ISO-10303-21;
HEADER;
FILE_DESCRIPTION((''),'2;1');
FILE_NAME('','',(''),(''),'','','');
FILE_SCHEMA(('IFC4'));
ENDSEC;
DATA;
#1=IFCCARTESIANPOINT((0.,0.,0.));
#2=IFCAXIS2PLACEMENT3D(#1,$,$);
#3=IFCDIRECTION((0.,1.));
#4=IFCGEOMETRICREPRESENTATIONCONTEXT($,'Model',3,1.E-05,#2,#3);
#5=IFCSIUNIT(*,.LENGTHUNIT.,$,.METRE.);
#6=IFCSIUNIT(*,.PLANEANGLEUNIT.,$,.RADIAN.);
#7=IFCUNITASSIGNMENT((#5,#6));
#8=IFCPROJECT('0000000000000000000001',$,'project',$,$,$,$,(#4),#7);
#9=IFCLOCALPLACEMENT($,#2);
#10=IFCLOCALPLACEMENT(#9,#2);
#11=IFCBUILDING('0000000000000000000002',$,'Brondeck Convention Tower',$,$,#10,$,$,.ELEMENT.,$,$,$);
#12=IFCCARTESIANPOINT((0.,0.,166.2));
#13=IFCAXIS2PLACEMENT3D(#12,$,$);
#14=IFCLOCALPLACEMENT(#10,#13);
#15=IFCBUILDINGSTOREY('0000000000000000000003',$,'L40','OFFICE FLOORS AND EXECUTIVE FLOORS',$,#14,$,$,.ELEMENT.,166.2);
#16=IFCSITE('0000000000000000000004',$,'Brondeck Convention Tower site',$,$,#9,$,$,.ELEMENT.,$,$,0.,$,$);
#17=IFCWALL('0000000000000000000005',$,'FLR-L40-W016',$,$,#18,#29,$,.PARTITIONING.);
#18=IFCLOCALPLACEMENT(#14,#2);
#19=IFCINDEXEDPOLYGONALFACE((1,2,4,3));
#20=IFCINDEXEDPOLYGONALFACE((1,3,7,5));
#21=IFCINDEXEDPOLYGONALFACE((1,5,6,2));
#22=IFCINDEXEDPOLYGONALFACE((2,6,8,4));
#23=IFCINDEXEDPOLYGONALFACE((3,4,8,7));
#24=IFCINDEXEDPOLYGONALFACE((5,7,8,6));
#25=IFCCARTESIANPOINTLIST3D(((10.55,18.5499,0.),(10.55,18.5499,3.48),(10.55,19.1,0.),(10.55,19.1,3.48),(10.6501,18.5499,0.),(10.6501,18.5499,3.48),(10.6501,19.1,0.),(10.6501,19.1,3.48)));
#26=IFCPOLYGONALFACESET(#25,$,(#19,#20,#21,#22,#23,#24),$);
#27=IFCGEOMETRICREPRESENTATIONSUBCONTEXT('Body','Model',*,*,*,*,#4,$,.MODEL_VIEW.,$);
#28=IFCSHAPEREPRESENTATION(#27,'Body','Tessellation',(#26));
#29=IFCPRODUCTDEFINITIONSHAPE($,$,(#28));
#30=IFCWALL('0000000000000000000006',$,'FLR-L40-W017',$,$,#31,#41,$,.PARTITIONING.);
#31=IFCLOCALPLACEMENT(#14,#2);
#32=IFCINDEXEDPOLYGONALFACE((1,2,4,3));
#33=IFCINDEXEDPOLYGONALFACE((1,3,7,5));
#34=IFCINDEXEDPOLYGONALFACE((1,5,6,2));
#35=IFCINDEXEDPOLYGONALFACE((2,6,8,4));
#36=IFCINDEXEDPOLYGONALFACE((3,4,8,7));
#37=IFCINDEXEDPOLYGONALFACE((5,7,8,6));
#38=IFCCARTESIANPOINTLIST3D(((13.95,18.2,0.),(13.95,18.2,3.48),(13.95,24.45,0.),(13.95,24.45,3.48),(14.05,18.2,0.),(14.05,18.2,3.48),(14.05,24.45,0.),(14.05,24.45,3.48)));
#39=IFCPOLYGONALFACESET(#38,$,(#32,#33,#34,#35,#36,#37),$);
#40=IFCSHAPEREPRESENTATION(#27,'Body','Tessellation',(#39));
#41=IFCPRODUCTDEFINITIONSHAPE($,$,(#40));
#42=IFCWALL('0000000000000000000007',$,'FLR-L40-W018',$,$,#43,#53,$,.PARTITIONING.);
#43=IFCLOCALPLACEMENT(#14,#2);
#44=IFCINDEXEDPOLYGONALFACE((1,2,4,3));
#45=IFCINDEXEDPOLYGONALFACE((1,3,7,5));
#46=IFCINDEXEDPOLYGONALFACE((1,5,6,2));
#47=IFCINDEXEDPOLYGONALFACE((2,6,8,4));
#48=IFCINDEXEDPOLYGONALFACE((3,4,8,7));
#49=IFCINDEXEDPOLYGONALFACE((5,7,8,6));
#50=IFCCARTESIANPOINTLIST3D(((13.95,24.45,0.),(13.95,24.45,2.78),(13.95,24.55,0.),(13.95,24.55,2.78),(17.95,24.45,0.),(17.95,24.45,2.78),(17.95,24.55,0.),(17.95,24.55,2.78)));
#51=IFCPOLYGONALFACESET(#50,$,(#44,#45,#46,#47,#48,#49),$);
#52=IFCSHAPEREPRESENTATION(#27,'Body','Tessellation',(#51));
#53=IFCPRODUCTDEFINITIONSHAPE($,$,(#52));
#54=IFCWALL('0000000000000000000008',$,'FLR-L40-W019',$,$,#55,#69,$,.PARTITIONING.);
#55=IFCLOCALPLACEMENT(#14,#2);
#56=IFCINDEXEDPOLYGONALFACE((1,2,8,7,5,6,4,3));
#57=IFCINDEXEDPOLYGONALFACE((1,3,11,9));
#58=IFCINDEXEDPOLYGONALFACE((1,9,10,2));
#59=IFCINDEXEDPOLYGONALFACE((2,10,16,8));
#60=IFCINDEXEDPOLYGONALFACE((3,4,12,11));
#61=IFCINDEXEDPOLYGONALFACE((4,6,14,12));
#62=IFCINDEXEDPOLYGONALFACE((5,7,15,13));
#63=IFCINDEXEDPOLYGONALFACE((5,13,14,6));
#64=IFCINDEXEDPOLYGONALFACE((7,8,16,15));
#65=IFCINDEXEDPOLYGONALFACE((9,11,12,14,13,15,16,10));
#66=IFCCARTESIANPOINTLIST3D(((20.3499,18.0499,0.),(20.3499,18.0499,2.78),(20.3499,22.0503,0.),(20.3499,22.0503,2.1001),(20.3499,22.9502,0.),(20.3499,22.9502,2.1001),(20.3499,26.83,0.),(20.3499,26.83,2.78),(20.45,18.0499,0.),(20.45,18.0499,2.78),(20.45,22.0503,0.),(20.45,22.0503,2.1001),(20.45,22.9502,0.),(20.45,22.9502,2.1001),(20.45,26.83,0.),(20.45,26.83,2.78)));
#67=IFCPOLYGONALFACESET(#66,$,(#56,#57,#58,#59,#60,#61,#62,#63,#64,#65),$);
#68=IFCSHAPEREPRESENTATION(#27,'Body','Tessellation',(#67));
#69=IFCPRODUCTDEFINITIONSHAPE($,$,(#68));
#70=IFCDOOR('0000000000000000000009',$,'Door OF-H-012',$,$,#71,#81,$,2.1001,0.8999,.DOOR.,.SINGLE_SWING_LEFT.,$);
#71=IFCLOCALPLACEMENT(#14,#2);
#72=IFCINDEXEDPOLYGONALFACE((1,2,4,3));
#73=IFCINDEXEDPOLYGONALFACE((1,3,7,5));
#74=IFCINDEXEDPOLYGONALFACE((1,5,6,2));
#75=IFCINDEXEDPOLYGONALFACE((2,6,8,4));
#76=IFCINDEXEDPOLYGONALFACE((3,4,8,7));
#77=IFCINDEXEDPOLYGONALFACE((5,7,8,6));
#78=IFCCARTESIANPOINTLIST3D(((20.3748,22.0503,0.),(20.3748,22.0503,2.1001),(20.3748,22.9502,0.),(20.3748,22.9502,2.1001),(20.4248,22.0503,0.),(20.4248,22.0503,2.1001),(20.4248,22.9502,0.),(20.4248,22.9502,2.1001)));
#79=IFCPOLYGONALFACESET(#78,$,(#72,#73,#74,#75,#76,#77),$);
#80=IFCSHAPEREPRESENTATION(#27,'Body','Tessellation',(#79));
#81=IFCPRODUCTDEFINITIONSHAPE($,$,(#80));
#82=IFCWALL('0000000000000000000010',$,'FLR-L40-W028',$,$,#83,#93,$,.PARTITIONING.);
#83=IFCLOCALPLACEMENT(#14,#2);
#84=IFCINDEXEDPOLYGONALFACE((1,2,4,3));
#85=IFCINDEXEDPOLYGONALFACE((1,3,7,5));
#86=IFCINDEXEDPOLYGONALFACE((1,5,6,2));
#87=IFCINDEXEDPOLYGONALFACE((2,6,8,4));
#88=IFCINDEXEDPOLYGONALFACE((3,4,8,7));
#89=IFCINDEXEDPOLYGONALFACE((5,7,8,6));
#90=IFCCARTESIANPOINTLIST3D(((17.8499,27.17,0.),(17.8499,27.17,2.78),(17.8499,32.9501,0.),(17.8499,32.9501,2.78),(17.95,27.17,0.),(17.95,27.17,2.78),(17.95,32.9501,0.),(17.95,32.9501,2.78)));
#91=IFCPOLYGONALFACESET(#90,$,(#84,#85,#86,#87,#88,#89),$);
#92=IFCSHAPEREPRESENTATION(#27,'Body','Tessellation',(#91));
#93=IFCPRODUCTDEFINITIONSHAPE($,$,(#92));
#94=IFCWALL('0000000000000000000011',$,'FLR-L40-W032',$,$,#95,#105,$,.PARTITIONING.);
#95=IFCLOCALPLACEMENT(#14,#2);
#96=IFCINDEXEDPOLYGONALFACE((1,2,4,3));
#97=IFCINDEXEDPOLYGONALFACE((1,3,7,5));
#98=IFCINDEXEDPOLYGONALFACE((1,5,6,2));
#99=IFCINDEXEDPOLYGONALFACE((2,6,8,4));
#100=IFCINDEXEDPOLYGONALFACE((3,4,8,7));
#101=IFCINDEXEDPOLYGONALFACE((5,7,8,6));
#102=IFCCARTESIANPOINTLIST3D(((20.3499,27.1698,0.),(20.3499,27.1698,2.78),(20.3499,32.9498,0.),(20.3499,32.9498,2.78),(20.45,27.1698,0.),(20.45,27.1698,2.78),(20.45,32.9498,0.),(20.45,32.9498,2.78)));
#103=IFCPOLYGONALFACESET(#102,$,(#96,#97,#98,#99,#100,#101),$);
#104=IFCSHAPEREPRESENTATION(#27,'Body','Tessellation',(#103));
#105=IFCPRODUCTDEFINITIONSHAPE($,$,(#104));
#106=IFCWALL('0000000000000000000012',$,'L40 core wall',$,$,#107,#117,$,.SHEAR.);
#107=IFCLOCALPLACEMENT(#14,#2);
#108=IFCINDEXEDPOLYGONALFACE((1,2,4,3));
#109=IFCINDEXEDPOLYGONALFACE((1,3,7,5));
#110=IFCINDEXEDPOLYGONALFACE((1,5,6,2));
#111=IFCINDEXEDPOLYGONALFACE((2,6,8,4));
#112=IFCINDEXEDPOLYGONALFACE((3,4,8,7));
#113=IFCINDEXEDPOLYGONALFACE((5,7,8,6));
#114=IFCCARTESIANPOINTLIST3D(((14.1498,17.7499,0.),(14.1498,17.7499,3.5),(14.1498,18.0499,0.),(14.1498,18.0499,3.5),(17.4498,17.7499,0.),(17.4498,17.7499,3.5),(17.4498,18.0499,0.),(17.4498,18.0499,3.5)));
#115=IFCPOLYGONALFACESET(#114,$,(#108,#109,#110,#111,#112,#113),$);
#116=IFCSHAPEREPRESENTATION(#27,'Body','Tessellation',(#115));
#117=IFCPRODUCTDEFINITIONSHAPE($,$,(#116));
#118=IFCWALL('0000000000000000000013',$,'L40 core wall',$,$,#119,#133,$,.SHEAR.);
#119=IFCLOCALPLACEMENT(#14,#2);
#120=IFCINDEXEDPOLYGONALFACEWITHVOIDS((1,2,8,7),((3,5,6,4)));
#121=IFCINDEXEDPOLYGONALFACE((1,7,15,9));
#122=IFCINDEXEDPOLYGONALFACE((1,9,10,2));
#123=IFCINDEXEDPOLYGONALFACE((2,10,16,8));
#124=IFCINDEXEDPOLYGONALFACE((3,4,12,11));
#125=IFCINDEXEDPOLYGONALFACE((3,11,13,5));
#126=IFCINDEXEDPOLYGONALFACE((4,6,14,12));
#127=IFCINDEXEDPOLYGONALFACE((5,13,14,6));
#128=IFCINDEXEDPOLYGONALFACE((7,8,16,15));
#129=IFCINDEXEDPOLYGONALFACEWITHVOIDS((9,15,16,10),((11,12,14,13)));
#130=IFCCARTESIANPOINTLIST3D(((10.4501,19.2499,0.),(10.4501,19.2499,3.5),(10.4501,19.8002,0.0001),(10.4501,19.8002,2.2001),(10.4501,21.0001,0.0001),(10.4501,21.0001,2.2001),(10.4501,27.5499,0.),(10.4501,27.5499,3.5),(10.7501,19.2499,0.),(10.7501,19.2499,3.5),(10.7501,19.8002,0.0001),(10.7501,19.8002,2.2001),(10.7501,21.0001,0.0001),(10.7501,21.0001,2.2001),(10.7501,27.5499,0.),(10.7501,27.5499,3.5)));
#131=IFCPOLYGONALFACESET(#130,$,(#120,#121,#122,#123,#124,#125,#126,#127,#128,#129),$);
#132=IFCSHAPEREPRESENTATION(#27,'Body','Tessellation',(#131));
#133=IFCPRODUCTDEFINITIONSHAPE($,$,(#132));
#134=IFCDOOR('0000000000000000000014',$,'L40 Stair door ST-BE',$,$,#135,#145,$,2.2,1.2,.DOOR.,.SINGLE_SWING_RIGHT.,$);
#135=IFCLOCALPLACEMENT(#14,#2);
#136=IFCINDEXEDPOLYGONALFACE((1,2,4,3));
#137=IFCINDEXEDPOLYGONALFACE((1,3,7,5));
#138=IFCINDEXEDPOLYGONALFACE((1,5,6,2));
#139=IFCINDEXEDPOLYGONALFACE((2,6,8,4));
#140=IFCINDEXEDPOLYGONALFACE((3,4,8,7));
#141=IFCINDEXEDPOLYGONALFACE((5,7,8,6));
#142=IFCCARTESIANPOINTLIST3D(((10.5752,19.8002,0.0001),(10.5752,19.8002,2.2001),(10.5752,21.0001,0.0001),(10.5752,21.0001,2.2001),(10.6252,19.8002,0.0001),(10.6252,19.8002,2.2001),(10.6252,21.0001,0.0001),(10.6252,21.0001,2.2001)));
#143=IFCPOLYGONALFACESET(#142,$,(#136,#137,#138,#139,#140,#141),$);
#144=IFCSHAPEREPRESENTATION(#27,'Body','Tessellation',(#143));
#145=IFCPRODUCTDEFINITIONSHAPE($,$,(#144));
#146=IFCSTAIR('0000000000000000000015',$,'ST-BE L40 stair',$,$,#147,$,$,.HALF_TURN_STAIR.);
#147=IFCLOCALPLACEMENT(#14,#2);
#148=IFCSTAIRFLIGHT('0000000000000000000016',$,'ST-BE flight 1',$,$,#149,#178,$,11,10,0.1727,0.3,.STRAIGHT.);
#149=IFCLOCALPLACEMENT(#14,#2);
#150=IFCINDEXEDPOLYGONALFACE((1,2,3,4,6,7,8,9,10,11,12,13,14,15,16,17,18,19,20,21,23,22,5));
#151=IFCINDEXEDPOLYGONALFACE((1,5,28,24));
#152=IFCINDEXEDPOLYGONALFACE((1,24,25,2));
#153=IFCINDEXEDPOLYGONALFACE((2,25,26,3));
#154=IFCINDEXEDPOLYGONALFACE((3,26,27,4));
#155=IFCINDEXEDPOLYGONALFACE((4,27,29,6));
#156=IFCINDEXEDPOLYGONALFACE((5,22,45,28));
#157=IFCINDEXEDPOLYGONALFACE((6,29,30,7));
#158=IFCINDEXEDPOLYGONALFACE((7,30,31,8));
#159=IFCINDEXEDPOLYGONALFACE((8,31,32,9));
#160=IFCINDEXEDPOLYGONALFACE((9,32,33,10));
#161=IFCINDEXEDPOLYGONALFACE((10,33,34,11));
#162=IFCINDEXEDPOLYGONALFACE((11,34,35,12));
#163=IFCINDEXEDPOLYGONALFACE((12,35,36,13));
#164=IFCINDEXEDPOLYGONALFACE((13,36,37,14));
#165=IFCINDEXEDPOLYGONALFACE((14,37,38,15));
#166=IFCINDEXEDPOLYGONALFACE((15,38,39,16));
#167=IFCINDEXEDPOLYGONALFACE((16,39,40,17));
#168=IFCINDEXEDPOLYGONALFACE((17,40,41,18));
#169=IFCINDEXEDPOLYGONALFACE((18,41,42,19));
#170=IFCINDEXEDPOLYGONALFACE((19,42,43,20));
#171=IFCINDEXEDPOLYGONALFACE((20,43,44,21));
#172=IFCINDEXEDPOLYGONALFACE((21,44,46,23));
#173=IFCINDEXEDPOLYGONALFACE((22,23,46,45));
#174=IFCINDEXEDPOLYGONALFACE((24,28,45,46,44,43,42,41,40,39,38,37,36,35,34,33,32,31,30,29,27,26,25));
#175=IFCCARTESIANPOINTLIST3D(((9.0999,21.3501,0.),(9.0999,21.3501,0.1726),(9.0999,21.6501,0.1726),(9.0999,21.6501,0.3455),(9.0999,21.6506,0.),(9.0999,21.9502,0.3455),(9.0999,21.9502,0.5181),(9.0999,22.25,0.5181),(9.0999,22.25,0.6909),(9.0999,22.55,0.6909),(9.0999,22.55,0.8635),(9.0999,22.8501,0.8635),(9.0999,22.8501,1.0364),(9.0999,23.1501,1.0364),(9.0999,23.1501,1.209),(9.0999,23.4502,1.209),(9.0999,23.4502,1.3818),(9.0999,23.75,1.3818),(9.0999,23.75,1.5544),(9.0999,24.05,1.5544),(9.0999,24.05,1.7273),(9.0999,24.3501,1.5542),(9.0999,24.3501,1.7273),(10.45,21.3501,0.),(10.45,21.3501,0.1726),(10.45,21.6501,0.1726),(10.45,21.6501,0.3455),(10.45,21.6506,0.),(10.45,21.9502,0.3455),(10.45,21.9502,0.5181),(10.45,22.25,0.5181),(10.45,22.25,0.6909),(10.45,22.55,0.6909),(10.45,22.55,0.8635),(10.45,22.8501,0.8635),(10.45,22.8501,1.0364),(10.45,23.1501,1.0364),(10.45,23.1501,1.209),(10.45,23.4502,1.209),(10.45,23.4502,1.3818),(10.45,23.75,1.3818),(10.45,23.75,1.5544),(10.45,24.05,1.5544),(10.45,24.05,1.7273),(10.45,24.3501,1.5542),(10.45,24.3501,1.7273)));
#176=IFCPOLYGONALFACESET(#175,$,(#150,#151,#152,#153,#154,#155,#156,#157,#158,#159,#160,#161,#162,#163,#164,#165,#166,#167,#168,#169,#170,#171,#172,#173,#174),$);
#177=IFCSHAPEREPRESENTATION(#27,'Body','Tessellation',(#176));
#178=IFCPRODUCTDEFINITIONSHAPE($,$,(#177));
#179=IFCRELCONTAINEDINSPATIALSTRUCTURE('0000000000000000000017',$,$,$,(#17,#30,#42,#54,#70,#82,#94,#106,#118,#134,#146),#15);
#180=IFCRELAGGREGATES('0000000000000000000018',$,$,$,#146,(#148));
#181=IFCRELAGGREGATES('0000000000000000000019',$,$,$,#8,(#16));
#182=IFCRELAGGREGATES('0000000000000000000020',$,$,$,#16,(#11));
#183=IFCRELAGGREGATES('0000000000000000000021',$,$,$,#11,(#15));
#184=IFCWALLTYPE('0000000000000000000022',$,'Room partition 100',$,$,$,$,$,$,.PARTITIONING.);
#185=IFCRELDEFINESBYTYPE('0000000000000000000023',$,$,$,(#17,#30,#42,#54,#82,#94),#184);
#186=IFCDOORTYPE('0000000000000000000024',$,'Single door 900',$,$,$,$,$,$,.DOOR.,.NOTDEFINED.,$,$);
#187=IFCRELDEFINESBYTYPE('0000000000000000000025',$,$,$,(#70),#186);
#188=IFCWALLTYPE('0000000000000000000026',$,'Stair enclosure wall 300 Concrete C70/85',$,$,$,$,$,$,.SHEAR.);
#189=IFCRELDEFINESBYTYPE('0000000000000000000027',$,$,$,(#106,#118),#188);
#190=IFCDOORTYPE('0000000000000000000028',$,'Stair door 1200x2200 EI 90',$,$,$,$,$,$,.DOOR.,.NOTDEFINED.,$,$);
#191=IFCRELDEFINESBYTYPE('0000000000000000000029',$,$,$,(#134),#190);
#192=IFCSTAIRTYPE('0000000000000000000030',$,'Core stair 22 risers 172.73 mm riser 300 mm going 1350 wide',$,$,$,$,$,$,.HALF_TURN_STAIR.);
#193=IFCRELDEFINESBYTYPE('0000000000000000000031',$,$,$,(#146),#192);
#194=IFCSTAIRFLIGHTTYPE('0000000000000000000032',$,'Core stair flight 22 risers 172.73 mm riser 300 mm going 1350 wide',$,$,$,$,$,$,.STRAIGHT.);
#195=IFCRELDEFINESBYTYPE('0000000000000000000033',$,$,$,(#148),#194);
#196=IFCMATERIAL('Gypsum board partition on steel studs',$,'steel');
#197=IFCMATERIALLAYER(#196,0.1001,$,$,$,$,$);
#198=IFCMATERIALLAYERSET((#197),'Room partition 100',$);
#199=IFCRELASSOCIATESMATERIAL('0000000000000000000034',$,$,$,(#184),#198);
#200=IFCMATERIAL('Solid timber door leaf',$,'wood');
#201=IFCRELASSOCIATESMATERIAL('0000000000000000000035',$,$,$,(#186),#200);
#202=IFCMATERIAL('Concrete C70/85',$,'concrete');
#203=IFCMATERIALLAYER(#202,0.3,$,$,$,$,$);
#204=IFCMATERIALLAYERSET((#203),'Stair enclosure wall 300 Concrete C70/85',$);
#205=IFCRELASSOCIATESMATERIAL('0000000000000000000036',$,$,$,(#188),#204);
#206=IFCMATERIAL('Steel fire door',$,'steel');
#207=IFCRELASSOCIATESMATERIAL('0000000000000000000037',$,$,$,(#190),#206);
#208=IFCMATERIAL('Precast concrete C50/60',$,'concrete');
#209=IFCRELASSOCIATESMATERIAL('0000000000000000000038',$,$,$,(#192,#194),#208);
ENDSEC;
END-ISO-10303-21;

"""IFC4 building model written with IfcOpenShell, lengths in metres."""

from ifc_helpers import new_model, si_unit, direction, frame, frame_2d, origin, place, context, subcontext, project, spatial, polyline, rectangle, outline, extrude, material, layer, layer_set, type_object, element, fill, aggregate, save


model = new_model("IFC4")

# Units and contexts
model_context = context("Model", 3, precision=1e-05, world=origin(), true_north=direction((0.0, 1.0)))
body_context = subcontext(model_context, "Body", "Model", "MODEL_VIEW")
ifc_project = project(units=[si_unit("LENGTHUNIT", "METRE"), si_unit("PLANEANGLEUNIT", "RADIAN")], contexts=[model_context])

# Site, building, storey
site_placement = place(None, origin())
site = spatial("IfcSite", under=ifc_project, at=site_placement, Name="Brondeck Convention Tower site", CompositionType="ELEMENT", RefElevation=0.0)
building_placement = place(site_placement, origin())
building = spatial("IfcBuilding", under=site, at=building_placement, Name="Brondeck Convention Tower", CompositionType="ELEMENT")
storey_placement = place(building_placement, frame((0.0, 0.0, 166.2)))
storey = spatial("IfcBuildingStorey", under=building, at=storey_placement, Name="L40", Description="OFFICE FLOORS AND EXECUTIVE FLOORS", CompositionType="ELEMENT", Elevation=166.2)

# Shared definitions
ifc_material_1 = material(Name="Concrete C70/85", Category="concrete")

# Shared definitions
ifc_material_2 = material(Name="Gypsum board partition on steel studs", Category="steel")
ifc_layer_1 = layer(ifc_material_2, 0.1001)
ifc_layer_set_1 = layer_set([ifc_layer_1], Name="Room partition 100")
wall_type_1 = type_object("IfcWallType", Name="Room partition 100", PredefinedType="PARTITIONING", material=ifc_layer_set_1)
ifc_material_3 = material(Name="Solid timber door leaf", Category="wood")
door_type_1 = type_object("IfcDoorType", Name="Single door 900", OperationType="NOTDEFINED", PredefinedType="DOOR", material=ifc_material_3)

# Walls
wall_1_placement = place(storey_placement, frame((10.6001, 18.55, 0.0), z_axis=(0.0, 0.0, 1.0), x_axis=(0.0, 1.0, 0.0)))
element("IfcWall", 1, at=wall_1_placement, inside=storey, type_object=wall_type_1, Name="FLR-L40-W016", PredefinedType="PARTITIONING", context=body_context, shape_type="SweptSolid", body=[
    extrude(rectangle(XDim=0.55, YDim=0.1001, at=frame_2d((0.2749, 0.0))), origin(), (0.0, 0.0, 1.0), 3.48),
])
wall_2_placement = place(storey_placement, frame((14.0, 24.45, 0.0), z_axis=(0.0, 0.0, 1.0), x_axis=(0.0, -1.0, 0.0)))
element("IfcWall", 2, at=wall_2_placement, inside=storey, type_object=wall_type_1, Name="FLR-L40-W017", PredefinedType="PARTITIONING", context=body_context, shape_type="SweptSolid", body=[
    extrude(rectangle(XDim=6.25, YDim=0.1001, at=frame_2d((3.125, 0.0))), origin(), (0.0, 0.0, 1.0), 3.48),
])
wall_3_placement = place(storey_placement, frame((17.95, 24.5, 0.0), z_axis=(0.0, 0.0, 1.0), x_axis=(-1.0, 0.0, 0.0)))
element("IfcWall", 3, at=wall_3_placement, inside=storey, type_object=wall_type_1, Name="FLR-L40-W018", PredefinedType="PARTITIONING", context=body_context, shape_type="SweptSolid", body=[
    extrude(rectangle(XDim=4.0, YDim=0.1001, at=frame_2d((2.0, 0.0))), origin(), (0.0, 0.0, 1.0), 2.78),
])

# Wall, opening, door
wall_4_placement = place(storey_placement, frame((20.3999, 26.8301, 0.0), z_axis=(0.0, 0.0, 1.0), x_axis=(0.0, -1.0, 0.0)))
wall_4 = element("IfcWall", 4, at=wall_4_placement, inside=storey, type_object=wall_type_1, Name="FLR-L40-W019", PredefinedType="PARTITIONING", context=body_context, shape_type="SweptSolid", body=[
    extrude(rectangle(XDim=8.78, YDim=0.1001, at=frame_2d((4.3901, 0.0))), origin(), (0.0, 0.0, 1.0), 2.78),
])
opening_1_placement = place(wall_4_placement, frame((3.8799, 0.0, 0.0)))
opening_1 = element("IfcOpeningElement", 5, at=opening_1_placement, cuts=wall_4, PredefinedType="OPENING", context=body_context, shape_type="SweptSolid", body=[
    extrude(rectangle(XDim=0.8999, YDim=2.1001, at=frame_2d((0.45, 1.05))), frame((0.0, 0.0601, 0.0), z_axis=(0.0, -1.0, 0.0), x_axis=(1.0, 0.0, 0.0)), (0.0, 0.0, 1.0), 0.1201),
])
door_1_placement = place(opening_1_placement, origin())
door_1 = element("IfcDoor", 6, at=door_1_placement, inside=storey, type_object=door_type_1, Name="Door OF-H-012", OperationType="SINGLE_SWING_LEFT", OverallHeight=2.1001, OverallWidth=0.8999, PredefinedType="DOOR", context=body_context, shape_type="SweptSolid", body=[
    extrude(rectangle(XDim=0.8999, YDim=2.1001, at=frame_2d((0.45, 1.05))), frame((0.0, 0.0249, 0.0), z_axis=(0.0, -1.0, 0.0), x_axis=(1.0, 0.0, 0.0)), (0.0, 0.0, 1.0), 0.05),
])
fill(opening_1, door_1)

# Walls
for number, where, z_axis, x_axis, name in (
    (7, (17.8999, 27.1699, 0.0), (0.0, 0.0, 1.0), (0.0, 1.0, 0.0), "FLR-L40-W028"),
    (8, (20.3999, 32.95, 0.0), (0.0, 0.0, 1.0), (0.0, -1.0, 0.0), "FLR-L40-W032"),
):
    element("IfcWall", number, at=place(storey_placement, frame(where, z_axis=z_axis, x_axis=x_axis)), inside=storey, type_object=wall_type_1, Name=name, PredefinedType="PARTITIONING", context=body_context, shape_type="SweptSolid", body=[
        extrude(rectangle(XDim=5.78, YDim=0.1001, at=frame_2d((2.8901, 0.0))), origin(), (0.0, 0.0, 1.0), 2.78),
    ])
ifc_layer_2 = layer(ifc_material_1, 0.3)
ifc_layer_set_2 = layer_set([ifc_layer_2], Name="Stair enclosure wall 300 Concrete C70/85")
wall_type_2 = type_object("IfcWallType", Name="Stair enclosure wall 300 Concrete C70/85", PredefinedType="SHEAR", material=ifc_layer_set_2)
wall_5_placement = place(storey_placement, frame((14.1499, 17.8999, 0.0), z_axis=(0.0, 0.0, 1.0), x_axis=(1.0, 0.0, 0.0)))
element("IfcWall", 9, at=wall_5_placement, inside=storey, type_object=wall_type_2, Name="L40 core wall", PredefinedType="SHEAR", context=body_context, shape_type="SweptSolid", body=[
    extrude(rectangle(XDim=3.3, YDim=0.3, at=frame_2d((1.6499, 0.0))), origin(), (0.0, 0.0, 1.0), 3.5),
])

# Wall, opening, door
wall_6_placement = place(storey_placement, frame((10.6001, 19.25, 0.0), z_axis=(0.0, 0.0, 1.0), x_axis=(0.0, 1.0, 0.0)))
wall_6 = element("IfcWall", 10, at=wall_6_placement, inside=storey, type_object=wall_type_2, Name="L40 core wall", PredefinedType="SHEAR", context=body_context, shape_type="SweptSolid", body=[
    extrude(rectangle(XDim=8.3, YDim=0.3, at=frame_2d((4.1499, 0.0))), origin(), (0.0, 0.0, 1.0), 3.5),
])
opening_2_placement = place(wall_6_placement, frame((0.55, 0.0, 0.0)))
opening_2 = element("IfcOpeningElement", 11, at=opening_2_placement, cuts=wall_6, PredefinedType="OPENING", context=body_context, shape_type="SweptSolid", body=[
    extrude(rectangle(XDim=1.2, YDim=2.2, at=frame_2d((0.6001, 1.1001))), frame((0.0, 0.1599, 0.0), z_axis=(0.0, -1.0, 0.0), x_axis=(1.0, 0.0, 0.0)), (0.0, 0.0, 1.0), 0.3201),
])
ifc_material_4 = material(Name="Steel fire door", Category="steel")
door_type_2 = type_object("IfcDoorType", Name="Stair door 1200x2200 EI 90", OperationType="NOTDEFINED", PredefinedType="DOOR", material=ifc_material_4)
door_2_placement = place(opening_2_placement, origin())
door_2 = element("IfcDoor", 12, at=door_2_placement, inside=storey, type_object=door_type_2, Name="L40 Stair door ST-BE", OperationType="SINGLE_SWING_RIGHT", OverallHeight=2.2, OverallWidth=1.2, PredefinedType="DOOR", context=body_context, shape_type="SweptSolid", body=[
    extrude(rectangle(XDim=1.2, YDim=2.2, at=frame_2d((0.6001, 1.1001))), frame((0.0, 0.0249, 0.0), z_axis=(0.0, -1.0, 0.0), x_axis=(1.0, 0.0, 0.0)), (0.0, 0.0, 1.0), 0.05),
])
fill(opening_2, door_2)

# Stair, stair flight
ifc_material_5 = material(Name="Precast concrete C50/60", Category="concrete")
stair_type = type_object("IfcStairType", Name="Core stair 22 risers 172.73 mm riser 300 mm going 1350 wide", PredefinedType="HALF_TURN_STAIR", material=ifc_material_5)
stair_placement = place(storey_placement, origin())
stair = element("IfcStair", 13, at=stair_placement, inside=storey, type_object=stair_type, Name="ST-BE L40 stair", PredefinedType="HALF_TURN_STAIR")
stair_flight_type = type_object("IfcStairFlightType", Name="Core stair flight 22 risers 172.73 mm riser 300 mm going 1350 wide", PredefinedType="STRAIGHT", material=ifc_material_5)
stair_flight_placement = place(storey_placement, frame((9.7749, 21.3501, 0.0), z_axis=(0.0, 0.0, 1.0), x_axis=(0.0, 1.0, 0.0)))
stair_flight = element("IfcStairFlight", 14, at=stair_flight_placement, type_object=stair_flight_type, Name="ST-BE flight 1", NumberOfRisers=11, NumberOfTreads=10, PredefinedType="STRAIGHT", RiserHeight=0.1727, TreadLength=0.3, context=body_context, shape_type="SweptSolid", body=[
    extrude(outline(polyline([(0.0, 0.0), (0.0, 0.1726), (0.3, 0.1726), (0.3, 0.3455), (0.6001, 0.3455), (0.6001, 0.5181), (0.8999, 0.5181), (0.8999, 0.6909), (1.2, 0.6909), (1.2, 0.8635), (1.5, 0.8635), (1.5, 1.0364), (1.8, 1.0364), (1.8, 1.209), (2.1001, 1.209), (2.1001, 1.3818), (2.3999, 1.3818), (2.3999, 1.5544), (2.7, 1.5544), (2.7, 1.7273), (3.0, 1.7273), (3.0, 1.8999), (3.0, 1.5542), (0.3005, 0.0), (0.0, 0.0)])), frame((0.0, 0.675, 0.0), z_axis=(0.0, -1.0, 0.0), x_axis=(1.0, 0.0, 0.0)), (0.0, 0.0, 1.0), 1.3501),
])
aggregate(stair, [stair_flight])

save(model, "model.ifc")
